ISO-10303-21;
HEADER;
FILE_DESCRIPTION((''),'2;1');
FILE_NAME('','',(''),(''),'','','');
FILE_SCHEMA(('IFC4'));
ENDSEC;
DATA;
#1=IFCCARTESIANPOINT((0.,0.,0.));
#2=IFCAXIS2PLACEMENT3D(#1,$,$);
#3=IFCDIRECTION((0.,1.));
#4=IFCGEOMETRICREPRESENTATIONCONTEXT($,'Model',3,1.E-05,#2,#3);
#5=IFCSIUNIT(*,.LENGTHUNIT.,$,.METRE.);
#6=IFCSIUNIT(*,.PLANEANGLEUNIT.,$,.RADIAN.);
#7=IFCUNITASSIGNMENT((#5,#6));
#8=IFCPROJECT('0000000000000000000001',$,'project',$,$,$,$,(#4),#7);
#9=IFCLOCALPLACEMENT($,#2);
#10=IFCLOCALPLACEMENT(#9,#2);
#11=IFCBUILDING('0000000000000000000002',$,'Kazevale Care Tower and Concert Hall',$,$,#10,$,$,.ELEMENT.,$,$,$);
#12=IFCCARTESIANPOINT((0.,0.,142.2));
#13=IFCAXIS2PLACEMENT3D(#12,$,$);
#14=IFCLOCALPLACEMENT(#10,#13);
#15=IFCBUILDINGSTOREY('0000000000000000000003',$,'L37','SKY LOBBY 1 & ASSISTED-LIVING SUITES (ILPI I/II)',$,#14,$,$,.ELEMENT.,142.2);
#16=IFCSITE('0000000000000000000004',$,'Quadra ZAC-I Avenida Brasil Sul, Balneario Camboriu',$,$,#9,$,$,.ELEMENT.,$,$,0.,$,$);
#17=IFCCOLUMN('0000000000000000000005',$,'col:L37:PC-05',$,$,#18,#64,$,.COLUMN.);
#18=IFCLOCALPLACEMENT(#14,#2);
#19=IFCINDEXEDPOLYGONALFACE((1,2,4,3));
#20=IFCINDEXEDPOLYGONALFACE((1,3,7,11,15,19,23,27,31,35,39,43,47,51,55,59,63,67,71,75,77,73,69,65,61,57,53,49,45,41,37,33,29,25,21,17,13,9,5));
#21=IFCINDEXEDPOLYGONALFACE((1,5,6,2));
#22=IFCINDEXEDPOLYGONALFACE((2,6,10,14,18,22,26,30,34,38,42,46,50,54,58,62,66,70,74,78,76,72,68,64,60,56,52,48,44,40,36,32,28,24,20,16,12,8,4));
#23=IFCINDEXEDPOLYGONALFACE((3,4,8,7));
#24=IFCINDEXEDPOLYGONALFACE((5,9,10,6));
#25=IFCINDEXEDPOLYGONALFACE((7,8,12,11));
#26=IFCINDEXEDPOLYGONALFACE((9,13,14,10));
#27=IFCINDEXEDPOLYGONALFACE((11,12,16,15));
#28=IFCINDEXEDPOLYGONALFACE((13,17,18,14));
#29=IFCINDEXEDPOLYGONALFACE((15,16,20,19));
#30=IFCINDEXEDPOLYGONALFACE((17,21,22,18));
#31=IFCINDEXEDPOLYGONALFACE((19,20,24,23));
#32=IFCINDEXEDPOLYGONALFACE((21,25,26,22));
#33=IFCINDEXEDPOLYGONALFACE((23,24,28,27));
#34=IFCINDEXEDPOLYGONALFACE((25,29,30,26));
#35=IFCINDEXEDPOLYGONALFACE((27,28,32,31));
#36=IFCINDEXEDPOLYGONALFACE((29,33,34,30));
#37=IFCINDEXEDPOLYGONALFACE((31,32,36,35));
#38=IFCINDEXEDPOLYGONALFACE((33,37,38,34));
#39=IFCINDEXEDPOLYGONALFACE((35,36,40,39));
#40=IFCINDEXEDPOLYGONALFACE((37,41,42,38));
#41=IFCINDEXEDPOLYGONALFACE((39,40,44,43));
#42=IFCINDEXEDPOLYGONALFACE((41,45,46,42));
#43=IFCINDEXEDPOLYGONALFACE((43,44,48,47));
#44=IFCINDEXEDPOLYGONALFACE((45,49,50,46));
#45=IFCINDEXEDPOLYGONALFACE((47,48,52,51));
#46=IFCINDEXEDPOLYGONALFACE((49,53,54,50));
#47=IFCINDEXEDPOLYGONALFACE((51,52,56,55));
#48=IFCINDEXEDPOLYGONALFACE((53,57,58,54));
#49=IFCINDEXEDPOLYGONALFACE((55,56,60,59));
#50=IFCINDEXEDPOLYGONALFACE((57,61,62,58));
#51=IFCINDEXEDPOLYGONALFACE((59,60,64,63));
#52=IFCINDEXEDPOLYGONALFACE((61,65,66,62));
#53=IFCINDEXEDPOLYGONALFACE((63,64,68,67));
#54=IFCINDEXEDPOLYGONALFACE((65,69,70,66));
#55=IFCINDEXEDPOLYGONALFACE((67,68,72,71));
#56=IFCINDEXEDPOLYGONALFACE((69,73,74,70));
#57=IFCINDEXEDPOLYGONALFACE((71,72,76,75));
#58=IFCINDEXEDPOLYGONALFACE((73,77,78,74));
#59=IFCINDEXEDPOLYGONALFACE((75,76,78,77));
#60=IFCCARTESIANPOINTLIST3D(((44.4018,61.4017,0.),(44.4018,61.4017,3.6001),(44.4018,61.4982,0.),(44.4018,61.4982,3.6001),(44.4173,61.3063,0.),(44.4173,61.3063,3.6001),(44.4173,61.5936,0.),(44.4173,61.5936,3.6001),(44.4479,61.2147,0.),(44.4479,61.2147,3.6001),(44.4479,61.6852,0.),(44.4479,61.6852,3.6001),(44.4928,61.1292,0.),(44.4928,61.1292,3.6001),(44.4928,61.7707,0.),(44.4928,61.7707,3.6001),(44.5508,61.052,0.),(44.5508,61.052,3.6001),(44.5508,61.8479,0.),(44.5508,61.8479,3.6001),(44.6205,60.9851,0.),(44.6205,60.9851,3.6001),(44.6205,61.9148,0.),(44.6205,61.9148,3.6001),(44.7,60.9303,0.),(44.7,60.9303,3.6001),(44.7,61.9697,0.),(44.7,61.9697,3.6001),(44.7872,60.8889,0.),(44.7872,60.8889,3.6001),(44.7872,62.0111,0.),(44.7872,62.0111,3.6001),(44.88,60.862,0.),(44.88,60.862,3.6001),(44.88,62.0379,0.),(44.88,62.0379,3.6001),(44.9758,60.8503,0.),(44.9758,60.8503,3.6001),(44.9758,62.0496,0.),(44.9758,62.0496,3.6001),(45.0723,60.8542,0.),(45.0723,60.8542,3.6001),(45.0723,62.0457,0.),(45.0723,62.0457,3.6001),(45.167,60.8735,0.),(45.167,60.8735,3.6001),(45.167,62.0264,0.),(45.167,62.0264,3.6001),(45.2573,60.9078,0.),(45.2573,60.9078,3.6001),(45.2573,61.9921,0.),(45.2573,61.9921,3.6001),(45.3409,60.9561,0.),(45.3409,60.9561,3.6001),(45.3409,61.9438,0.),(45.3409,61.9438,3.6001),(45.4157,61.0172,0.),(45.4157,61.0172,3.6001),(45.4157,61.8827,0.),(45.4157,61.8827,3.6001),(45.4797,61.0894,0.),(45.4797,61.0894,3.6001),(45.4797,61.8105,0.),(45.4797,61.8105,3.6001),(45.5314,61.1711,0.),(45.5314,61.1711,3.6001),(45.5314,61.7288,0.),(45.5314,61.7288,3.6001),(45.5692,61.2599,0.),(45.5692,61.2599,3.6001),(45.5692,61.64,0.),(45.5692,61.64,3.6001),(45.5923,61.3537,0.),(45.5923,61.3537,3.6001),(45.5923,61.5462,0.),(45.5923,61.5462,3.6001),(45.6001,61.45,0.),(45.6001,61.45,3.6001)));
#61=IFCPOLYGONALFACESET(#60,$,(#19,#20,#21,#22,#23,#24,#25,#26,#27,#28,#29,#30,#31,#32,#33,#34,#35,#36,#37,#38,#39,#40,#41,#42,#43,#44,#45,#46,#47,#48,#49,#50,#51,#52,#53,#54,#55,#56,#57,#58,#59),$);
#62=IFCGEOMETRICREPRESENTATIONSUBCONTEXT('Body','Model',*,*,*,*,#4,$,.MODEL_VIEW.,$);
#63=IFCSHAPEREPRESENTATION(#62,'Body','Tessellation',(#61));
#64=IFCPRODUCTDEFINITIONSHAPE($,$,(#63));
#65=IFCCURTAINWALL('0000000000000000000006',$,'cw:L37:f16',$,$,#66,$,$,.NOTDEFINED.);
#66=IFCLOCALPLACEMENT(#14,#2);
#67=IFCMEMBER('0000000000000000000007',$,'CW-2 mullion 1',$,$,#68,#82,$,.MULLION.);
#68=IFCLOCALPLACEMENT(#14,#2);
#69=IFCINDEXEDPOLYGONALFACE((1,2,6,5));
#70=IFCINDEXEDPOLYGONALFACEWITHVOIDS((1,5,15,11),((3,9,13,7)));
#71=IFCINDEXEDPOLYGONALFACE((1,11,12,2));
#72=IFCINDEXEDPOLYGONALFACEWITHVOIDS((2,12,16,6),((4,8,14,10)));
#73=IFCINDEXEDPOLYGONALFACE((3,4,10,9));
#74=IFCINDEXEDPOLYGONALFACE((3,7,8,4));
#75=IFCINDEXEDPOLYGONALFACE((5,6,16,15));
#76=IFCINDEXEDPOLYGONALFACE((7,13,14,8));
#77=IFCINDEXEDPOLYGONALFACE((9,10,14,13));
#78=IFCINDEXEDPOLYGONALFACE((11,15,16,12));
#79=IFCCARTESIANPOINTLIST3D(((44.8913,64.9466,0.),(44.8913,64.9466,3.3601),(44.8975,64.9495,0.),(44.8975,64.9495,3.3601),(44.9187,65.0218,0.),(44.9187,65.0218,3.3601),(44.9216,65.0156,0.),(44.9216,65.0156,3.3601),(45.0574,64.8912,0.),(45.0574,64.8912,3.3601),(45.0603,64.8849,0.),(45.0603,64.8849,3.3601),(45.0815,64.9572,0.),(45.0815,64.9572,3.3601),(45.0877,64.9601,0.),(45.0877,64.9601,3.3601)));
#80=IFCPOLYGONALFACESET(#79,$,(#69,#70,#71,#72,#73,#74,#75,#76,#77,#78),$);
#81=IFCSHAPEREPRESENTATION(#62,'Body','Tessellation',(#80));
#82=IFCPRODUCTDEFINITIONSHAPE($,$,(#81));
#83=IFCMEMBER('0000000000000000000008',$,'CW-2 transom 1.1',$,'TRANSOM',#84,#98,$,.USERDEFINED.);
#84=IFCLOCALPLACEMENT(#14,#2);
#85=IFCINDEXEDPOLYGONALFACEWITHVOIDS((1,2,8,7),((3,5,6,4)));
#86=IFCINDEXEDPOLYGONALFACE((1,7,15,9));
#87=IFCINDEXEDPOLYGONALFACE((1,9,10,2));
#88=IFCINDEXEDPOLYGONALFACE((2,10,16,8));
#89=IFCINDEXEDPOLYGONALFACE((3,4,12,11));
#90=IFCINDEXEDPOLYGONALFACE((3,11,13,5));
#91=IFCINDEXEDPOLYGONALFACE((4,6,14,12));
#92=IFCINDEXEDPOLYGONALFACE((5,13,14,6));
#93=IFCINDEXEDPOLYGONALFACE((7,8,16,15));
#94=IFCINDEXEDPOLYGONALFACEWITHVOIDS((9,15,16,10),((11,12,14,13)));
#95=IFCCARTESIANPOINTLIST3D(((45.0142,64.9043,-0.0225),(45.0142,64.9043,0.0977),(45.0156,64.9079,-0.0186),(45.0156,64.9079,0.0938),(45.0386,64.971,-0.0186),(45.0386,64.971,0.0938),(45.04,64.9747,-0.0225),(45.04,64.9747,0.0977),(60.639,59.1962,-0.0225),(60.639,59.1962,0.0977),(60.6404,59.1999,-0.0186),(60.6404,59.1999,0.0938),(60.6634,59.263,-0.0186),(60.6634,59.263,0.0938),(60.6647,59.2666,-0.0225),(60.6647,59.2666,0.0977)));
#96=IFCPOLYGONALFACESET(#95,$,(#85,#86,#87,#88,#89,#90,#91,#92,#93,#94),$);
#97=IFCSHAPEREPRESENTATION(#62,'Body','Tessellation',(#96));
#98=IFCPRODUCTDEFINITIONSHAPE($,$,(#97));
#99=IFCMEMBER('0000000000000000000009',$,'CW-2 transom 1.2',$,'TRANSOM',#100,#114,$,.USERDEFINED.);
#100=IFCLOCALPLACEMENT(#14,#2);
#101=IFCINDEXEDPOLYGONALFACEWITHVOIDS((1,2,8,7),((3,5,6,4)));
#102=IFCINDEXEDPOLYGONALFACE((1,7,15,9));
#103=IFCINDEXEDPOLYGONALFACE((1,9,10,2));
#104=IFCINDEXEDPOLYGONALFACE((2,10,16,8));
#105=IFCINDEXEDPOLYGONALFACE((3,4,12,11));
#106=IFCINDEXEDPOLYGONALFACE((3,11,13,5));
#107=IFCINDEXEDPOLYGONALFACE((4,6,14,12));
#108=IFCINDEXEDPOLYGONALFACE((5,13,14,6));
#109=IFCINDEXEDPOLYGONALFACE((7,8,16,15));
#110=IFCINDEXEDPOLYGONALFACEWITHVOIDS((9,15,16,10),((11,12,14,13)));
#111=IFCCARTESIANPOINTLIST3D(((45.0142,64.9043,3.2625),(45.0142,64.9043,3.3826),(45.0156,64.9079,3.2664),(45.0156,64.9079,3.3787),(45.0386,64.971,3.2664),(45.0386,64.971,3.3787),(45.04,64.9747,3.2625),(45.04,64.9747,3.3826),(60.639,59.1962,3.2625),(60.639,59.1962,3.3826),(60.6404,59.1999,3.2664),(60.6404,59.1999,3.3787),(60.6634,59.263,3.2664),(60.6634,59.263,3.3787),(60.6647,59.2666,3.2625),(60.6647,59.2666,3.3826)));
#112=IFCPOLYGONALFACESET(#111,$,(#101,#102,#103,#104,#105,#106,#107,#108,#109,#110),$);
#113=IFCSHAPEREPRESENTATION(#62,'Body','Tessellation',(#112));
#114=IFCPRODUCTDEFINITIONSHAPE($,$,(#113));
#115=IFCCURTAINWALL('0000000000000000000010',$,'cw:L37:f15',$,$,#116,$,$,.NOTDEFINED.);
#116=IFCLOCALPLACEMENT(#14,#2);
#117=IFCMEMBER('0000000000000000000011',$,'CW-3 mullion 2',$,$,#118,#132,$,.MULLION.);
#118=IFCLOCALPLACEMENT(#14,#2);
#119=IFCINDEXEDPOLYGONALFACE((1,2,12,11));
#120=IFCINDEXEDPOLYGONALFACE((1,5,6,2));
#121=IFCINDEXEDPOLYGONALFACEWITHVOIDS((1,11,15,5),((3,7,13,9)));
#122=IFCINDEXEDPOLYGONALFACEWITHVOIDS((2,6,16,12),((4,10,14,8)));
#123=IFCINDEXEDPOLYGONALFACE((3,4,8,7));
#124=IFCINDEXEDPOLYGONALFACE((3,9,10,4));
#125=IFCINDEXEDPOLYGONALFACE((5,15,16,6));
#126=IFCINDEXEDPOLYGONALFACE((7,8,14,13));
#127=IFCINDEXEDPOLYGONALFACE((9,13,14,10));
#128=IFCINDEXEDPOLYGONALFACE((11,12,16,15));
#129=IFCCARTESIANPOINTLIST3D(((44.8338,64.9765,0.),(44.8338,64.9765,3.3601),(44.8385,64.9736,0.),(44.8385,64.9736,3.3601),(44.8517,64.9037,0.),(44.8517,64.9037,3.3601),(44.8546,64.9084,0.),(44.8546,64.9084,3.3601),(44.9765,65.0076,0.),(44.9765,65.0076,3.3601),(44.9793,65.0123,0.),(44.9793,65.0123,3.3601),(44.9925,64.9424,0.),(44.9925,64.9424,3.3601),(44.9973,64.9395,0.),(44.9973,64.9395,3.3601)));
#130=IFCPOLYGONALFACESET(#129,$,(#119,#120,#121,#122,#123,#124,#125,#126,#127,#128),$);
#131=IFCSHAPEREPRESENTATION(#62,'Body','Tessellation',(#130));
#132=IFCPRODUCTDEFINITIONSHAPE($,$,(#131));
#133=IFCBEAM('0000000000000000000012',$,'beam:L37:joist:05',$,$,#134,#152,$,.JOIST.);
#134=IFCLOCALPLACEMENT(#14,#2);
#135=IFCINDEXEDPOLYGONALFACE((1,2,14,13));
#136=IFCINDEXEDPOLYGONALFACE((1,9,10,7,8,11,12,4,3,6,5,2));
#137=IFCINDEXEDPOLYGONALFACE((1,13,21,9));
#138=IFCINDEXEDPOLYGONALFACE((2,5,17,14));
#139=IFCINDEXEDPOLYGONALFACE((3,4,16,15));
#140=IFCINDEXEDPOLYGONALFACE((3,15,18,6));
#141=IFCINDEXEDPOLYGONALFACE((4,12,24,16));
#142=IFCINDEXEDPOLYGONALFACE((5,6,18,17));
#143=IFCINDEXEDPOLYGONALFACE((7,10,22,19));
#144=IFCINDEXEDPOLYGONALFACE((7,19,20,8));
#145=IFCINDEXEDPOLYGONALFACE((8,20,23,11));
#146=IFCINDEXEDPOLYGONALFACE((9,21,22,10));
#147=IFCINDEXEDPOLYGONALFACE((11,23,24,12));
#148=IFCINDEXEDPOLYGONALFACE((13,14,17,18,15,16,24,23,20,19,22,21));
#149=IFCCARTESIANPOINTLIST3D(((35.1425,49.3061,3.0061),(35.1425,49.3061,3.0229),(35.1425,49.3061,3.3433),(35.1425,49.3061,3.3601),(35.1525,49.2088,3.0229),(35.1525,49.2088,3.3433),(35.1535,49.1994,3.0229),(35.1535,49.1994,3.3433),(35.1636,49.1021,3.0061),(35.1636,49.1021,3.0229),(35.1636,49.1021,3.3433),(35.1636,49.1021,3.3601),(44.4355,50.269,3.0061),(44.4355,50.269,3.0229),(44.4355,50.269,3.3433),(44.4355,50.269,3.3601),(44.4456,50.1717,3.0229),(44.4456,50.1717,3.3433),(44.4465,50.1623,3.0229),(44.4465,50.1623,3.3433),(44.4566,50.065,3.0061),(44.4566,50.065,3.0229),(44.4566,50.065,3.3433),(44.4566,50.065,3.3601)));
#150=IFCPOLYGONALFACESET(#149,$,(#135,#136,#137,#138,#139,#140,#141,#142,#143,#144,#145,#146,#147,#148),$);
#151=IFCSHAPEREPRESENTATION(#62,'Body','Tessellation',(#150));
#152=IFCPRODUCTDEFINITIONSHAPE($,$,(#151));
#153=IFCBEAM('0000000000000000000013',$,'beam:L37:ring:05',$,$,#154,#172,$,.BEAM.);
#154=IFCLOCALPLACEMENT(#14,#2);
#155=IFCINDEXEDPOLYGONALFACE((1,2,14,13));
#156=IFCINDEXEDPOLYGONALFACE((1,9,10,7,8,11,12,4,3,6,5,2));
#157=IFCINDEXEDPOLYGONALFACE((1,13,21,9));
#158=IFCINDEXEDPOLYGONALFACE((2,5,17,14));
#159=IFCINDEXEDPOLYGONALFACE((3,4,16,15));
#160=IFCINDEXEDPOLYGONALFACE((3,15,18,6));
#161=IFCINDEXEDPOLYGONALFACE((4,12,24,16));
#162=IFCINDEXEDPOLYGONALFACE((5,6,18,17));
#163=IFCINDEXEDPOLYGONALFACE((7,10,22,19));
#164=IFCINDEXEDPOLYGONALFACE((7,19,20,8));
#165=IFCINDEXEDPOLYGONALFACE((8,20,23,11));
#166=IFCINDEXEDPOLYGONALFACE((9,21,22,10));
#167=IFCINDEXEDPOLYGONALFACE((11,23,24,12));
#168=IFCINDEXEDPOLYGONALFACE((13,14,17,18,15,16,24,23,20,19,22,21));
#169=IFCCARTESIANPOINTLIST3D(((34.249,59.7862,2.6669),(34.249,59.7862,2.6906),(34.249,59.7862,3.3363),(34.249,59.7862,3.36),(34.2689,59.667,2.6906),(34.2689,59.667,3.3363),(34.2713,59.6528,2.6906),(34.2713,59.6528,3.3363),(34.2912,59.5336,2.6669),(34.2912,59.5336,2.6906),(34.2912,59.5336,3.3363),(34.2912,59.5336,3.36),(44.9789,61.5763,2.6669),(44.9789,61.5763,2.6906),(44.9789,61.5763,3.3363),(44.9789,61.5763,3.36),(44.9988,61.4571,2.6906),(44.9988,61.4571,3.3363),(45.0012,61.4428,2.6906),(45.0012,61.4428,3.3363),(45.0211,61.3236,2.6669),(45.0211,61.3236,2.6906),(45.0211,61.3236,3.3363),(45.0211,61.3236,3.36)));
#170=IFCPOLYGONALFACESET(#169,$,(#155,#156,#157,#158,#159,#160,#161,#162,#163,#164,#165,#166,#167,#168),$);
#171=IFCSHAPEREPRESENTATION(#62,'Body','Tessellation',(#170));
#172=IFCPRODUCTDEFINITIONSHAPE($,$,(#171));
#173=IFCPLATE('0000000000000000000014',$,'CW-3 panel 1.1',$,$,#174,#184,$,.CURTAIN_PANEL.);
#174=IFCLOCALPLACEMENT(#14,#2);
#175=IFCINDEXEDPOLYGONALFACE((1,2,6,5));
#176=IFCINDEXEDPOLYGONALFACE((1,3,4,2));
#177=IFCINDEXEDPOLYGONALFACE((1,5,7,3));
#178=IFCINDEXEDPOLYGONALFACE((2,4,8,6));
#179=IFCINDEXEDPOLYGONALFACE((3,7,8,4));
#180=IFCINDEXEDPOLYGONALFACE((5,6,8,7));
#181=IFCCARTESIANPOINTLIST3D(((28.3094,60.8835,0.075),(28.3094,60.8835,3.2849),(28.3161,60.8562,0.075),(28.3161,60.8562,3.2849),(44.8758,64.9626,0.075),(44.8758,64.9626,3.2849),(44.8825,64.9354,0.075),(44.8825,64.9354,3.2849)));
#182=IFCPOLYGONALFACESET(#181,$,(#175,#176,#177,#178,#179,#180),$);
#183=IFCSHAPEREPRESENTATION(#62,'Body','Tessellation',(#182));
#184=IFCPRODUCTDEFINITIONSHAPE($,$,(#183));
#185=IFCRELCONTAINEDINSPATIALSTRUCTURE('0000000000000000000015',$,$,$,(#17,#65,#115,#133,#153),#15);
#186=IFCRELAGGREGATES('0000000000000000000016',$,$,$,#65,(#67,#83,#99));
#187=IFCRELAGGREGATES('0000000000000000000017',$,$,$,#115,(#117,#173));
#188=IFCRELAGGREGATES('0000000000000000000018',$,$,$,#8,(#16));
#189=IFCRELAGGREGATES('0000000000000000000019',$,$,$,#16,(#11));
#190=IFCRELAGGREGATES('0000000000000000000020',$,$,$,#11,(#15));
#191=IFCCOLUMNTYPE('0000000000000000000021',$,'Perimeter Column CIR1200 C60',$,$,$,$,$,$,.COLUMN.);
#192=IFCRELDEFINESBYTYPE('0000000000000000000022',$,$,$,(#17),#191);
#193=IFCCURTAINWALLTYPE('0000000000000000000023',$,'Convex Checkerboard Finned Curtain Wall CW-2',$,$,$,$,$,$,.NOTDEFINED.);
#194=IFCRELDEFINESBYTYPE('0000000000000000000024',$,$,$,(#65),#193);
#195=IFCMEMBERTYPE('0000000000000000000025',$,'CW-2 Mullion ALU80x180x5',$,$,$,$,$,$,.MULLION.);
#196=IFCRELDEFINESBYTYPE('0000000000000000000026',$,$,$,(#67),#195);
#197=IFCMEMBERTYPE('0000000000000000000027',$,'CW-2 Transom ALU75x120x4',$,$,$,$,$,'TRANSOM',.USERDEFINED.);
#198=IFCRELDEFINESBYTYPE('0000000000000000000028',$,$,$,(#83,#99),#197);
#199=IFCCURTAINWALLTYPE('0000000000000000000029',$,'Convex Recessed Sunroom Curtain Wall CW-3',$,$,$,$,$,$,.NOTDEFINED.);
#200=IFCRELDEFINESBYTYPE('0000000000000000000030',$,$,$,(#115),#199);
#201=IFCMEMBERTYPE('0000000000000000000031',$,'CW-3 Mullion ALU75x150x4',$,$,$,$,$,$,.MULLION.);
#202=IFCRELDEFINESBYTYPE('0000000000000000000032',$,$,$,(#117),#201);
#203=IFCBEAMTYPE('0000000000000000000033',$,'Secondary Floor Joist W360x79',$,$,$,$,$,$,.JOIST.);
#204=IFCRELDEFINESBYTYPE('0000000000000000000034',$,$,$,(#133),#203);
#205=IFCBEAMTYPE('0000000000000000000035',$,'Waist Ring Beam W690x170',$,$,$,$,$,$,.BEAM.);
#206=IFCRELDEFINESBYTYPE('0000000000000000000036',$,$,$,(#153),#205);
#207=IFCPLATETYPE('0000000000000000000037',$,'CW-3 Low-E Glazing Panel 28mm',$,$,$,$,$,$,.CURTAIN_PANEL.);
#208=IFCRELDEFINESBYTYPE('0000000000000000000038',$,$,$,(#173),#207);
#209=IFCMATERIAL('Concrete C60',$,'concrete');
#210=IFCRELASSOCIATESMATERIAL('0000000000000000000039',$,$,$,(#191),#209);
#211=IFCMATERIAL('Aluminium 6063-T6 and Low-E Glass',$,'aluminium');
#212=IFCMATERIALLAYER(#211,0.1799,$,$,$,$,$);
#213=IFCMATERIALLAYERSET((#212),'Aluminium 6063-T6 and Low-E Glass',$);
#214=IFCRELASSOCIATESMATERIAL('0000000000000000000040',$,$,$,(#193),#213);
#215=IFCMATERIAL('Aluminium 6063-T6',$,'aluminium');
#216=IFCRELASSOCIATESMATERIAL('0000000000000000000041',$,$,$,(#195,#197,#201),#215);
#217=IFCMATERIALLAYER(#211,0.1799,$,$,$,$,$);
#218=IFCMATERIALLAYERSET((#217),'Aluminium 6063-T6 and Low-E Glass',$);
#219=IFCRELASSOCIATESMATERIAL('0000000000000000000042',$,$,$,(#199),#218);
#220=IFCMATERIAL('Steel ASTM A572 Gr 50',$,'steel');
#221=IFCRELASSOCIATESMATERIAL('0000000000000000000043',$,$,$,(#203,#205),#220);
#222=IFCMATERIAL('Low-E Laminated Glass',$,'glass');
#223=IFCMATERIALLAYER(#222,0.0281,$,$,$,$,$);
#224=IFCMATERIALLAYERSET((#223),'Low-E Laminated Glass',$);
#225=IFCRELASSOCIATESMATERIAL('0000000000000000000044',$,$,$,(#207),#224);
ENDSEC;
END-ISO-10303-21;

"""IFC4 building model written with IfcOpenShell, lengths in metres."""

from ifc_helpers import new_model, si_unit, direction, frame, origin, origin_2d, place, context, subcontext, project, spatial, rectangle, hollow_rectangle, circle, i_section, extrude, material, layer, layer_set, material_profile, profile_set, type_object, element, aggregate, save


model = new_model("IFC4")

# Units and contexts
model_context = context("Model", 3, precision=1e-05, world=origin(), true_north=direction((0.0, 1.0)))
body_context = subcontext(model_context, "Body", "Model", "MODEL_VIEW")
ifc_project = project(units=[si_unit("LENGTHUNIT", "METRE"), si_unit("PLANEANGLEUNIT", "RADIAN")], contexts=[model_context])

# Site, building, storey
site_placement = place(None, origin())
site = spatial("IfcSite", under=ifc_project, at=site_placement, Name="Quadra ZAC-I Avenida Brasil Sul, Balneario Camboriu", CompositionType="ELEMENT", RefElevation=0.0)
building_placement = place(site_placement, origin())
building = spatial("IfcBuilding", under=site, at=building_placement, Name="Kazevale Care Tower and Concert Hall", CompositionType="ELEMENT")
storey_placement = place(building_placement, frame((0.0, 0.0, 142.2)))
storey = spatial("IfcBuildingStorey", under=building, at=storey_placement, Name="L37", Description="SKY LOBBY 1 & ASSISTED-LIVING SUITES (ILPI I/II)", CompositionType="ELEMENT", Elevation=142.2)

# Column
ifc_material_1 = material(Name="Concrete C60", Category="concrete")
ifc_material_profile_1 = material_profile(ifc_material_1, circle(Radius=0.6001, at=origin_2d()), Name="RC-CIR1200")
ifc_profile_set_1 = profile_set([ifc_material_profile_1], Name="Concrete C60")
column_type = type_object("IfcColumnType", Name="Perimeter Column CIR1200 C60", PredefinedType="COLUMN", material=ifc_profile_set_1)
column_placement = place(storey_placement, frame((45.0, 61.45, 0.0), z_axis=(0.0, 0.0, 1.0), x_axis=(1.0, 0.0, 0.0)))
element("IfcColumn", 1, at=column_placement, inside=storey, type_object=column_type, Name="col:L37:PC-05", PredefinedType="COLUMN", context=body_context, shape_type="SweptSolid", body=[
    extrude(circle(Radius=0.6001, at=origin_2d()), origin(), (0.0, 0.0, 1.0), 3.6001),
])

# Curtain wall, members
ifc_material_2 = material(Name="Aluminium 6063-T6 and Low-E Glass", Category="aluminium")
ifc_layer_1 = layer(ifc_material_2, 0.1799)
ifc_layer_set_1 = layer_set([ifc_layer_1], Name="Aluminium 6063-T6 and Low-E Glass")
curtain_wall_type_1 = type_object("IfcCurtainWallType", Name="Convex Checkerboard Finned Curtain Wall CW-2", PredefinedType="NOTDEFINED", material=ifc_layer_set_1)
curtain_wall_1_placement = place(storey_placement, origin())
curtain_wall_1 = element("IfcCurtainWall", 2, at=curtain_wall_1_placement, inside=storey, type_object=curtain_wall_type_1, Name="cw:L37:f16", PredefinedType="NOTDEFINED")
ifc_material_3 = material(Name="Aluminium 6063-T6", Category="aluminium")
ifc_material_profile_2 = material_profile(ifc_material_3, hollow_rectangle(XDim=0.0801, YDim=0.1799, WallThickness=0.0049, at=origin_2d()), Name="ALU80x180x5")
ifc_profile_set_2 = profile_set([ifc_material_profile_2], Name="Aluminium 6063-T6")
member_type_1 = type_object("IfcMemberType", Name="CW-2 Mullion ALU80x180x5", PredefinedType="MULLION", material=ifc_profile_set_2)
member_1_placement = place(storey_placement, frame((44.9895, 64.9534, 0.0), z_axis=(0.0, 0.0, 1.0), x_axis=(0.343143, 0.939283, 0.0)))
member_1 = element("IfcMember", 3, at=member_1_placement, type_object=member_type_1, Name="CW-2 mullion 1", PredefinedType="MULLION", context=body_context, shape_type="SweptSolid", body=[
    extrude(hollow_rectangle(XDim=0.0801, YDim=0.1799, WallThickness=0.0049, at=origin_2d()), origin(), (0.0, 0.0, 1.0), 3.3601),
])
ifc_material_profile_3 = material_profile(ifc_material_3, hollow_rectangle(XDim=0.075, YDim=0.1201, WallThickness=0.0039, at=origin_2d()), Name="ALU75x120x4")
ifc_profile_set_3 = profile_set([ifc_material_profile_3], Name="Aluminium 6063-T6")
member_type_2 = type_object("IfcMemberType", Name="CW-2 Transom ALU75x120x4", ElementType="TRANSOM", PredefinedType="USERDEFINED", material=ifc_profile_set_3)
member_2_placement = place(storey_placement, frame((45.0271, 64.9395, 0.0376), z_axis=(0.939285, -0.343138, 0.0), x_axis=(0.343138, 0.939285, 0.0)))
member_2 = element("IfcMember", 4, at=member_2_placement, type_object=member_type_2, Name="CW-2 transom 1.1", ObjectType="TRANSOM", PredefinedType="USERDEFINED", context=body_context, shape_type="SweptSolid", body=[
    extrude(hollow_rectangle(XDim=0.075, YDim=0.1201, WallThickness=0.0039, at=origin_2d()), origin(), (0.0, 0.0, 1.0), 16.6348),
])
member_3_placement = place(storey_placement, frame((45.0271, 64.9395, 3.3225), z_axis=(0.939285, -0.343138, 0.0), x_axis=(0.343138, 0.939285, 0.0)))
member_3 = element("IfcMember", 5, at=member_3_placement, type_object=member_type_2, Name="CW-2 transom 1.2", ObjectType="TRANSOM", PredefinedType="USERDEFINED", context=body_context, shape_type="SweptSolid", body=[
    extrude(hollow_rectangle(XDim=0.075, YDim=0.1201, WallThickness=0.0039, at=origin_2d()), origin(), (0.0, 0.0, 1.0), 16.6348),
])
aggregate(curtain_wall_1, [member_1, member_2, member_3])

# Curtain wall, member
ifc_layer_2 = layer(ifc_material_2, 0.1799)
ifc_layer_set_2 = layer_set([ifc_layer_2], Name="Aluminium 6063-T6 and Low-E Glass")
curtain_wall_type_2 = type_object("IfcCurtainWallType", Name="Convex Recessed Sunroom Curtain Wall CW-3", PredefinedType="NOTDEFINED", material=ifc_layer_set_2)
curtain_wall_2_placement = place(storey_placement, origin())
curtain_wall_2 = element("IfcCurtainWall", 6, at=curtain_wall_2_placement, inside=storey, type_object=curtain_wall_type_2, Name="cw:L37:f15", PredefinedType="NOTDEFINED")
ifc_material_profile_4 = material_profile(ifc_material_3, hollow_rectangle(XDim=0.075, YDim=0.1499, WallThickness=0.0039, at=origin_2d()), Name="ALU75x150x4")
ifc_profile_set_4 = profile_set([ifc_material_profile_4], Name="Aluminium 6063-T6")
member_type_3 = type_object("IfcMemberType", Name="CW-3 Mullion ALU75x150x4", PredefinedType="MULLION", material=ifc_profile_set_4)
member_4_placement = place(storey_placement, frame((44.9155, 64.958, 0.0), z_axis=(0.0, 0.0, 1.0), x_axis=(-0.239089, 0.970998, 0.0)))
member_4 = element("IfcMember", 7, at=member_4_placement, type_object=member_type_3, Name="CW-3 mullion 2", PredefinedType="MULLION", context=body_context, shape_type="SweptSolid", body=[
    extrude(hollow_rectangle(XDim=0.075, YDim=0.1499, WallThickness=0.0039, at=origin_2d()), origin(), (0.0, 0.0, 1.0), 3.3601),
])

# Beams
ifc_material_4 = material(Name="Steel ASTM A572 Gr 50", Category="steel")
ifc_material_profile_5 = material_profile(ifc_material_4, i_section(OverallWidth=0.2051, OverallDepth=0.354, WebThickness=0.0095, FlangeThickness=0.0168, at=origin_2d()), Name="W360x79")
ifc_profile_set_5 = profile_set([ifc_material_profile_5], Name="Steel ASTM A572 Gr 50")
beam_type_1 = type_object("IfcBeamType", Name="Secondary Floor Joist W360x79", PredefinedType="JOIST", material=ifc_profile_set_5)
beam_1_placement = place(storey_placement, frame((44.446, 50.167, 3.1831), z_axis=(-0.994675, -0.103063, 0.0), x_axis=(0.103063, -0.994675, 0.0)))
element("IfcBeam", 8, at=beam_1_placement, inside=storey, type_object=beam_type_1, Name="beam:L37:joist:05", PredefinedType="JOIST", context=body_context, shape_type="SweptSolid", body=[
    extrude(i_section(OverallWidth=0.2051, OverallDepth=0.354, WebThickness=0.0095, FlangeThickness=0.0168, at=origin_2d()), origin(), (0.0, 0.0, 1.0), 9.3428),
])
ifc_material_profile_6 = material_profile(ifc_material_4, i_section(OverallWidth=0.2561, OverallDepth=0.6931, WebThickness=0.0144, FlangeThickness=0.0237, at=origin_2d()), Name="W690x170")
ifc_profile_set_6 = profile_set([ifc_material_profile_6], Name="Steel ASTM A572 Gr 50")
beam_type_2 = type_object("IfcBeamType", Name="Waist Ring Beam W690x170", PredefinedType="BEAM", material=ifc_profile_set_6)
beam_2_placement = place(storey_placement, frame((45.0, 61.45, 3.0134), z_axis=(-0.986368, -0.164552, 0.0), x_axis=(0.164552, -0.986368, 0.0)))
element("IfcBeam", 9, at=beam_2_placement, inside=storey, type_object=beam_type_2, Name="beam:L37:ring:05", PredefinedType="BEAM", context=body_context, shape_type="SweptSolid", body=[
    extrude(i_section(OverallWidth=0.2561, OverallDepth=0.6931, WebThickness=0.0144, FlangeThickness=0.0237, at=origin_2d()), origin(), (0.0, 0.0, 1.0), 10.8782),
])

# Plate
ifc_material_5 = material(Name="Low-E Laminated Glass", Category="glass")
ifc_layer_3 = layer(ifc_material_5, 0.0281)
ifc_layer_set_3 = layer_set([ifc_layer_3], Name="Low-E Laminated Glass")
plate_type = type_object("IfcPlateType", Name="CW-3 Low-E Glazing Panel 28mm", PredefinedType="CURTAIN_PANEL", material=ifc_layer_set_3)
plate_placement = place(storey_placement, frame((36.5959, 62.9094, 0.075), z_axis=(0.0, 0.0, 1.0), x_axis=(0.970998, 0.239089, 0.0)))
plate = element("IfcPlate", 10, at=plate_placement, type_object=plate_type, Name="CW-3 panel 1.1", PredefinedType="CURTAIN_PANEL", context=body_context, shape_type="SweptSolid", body=[
    extrude(rectangle(XDim=17.0613, YDim=0.0281, at=origin_2d()), origin(), (0.0, 0.0, 1.0), 3.21),
])
aggregate(curtain_wall_2, [member_4, plate])

save(model, "model.ifc")
